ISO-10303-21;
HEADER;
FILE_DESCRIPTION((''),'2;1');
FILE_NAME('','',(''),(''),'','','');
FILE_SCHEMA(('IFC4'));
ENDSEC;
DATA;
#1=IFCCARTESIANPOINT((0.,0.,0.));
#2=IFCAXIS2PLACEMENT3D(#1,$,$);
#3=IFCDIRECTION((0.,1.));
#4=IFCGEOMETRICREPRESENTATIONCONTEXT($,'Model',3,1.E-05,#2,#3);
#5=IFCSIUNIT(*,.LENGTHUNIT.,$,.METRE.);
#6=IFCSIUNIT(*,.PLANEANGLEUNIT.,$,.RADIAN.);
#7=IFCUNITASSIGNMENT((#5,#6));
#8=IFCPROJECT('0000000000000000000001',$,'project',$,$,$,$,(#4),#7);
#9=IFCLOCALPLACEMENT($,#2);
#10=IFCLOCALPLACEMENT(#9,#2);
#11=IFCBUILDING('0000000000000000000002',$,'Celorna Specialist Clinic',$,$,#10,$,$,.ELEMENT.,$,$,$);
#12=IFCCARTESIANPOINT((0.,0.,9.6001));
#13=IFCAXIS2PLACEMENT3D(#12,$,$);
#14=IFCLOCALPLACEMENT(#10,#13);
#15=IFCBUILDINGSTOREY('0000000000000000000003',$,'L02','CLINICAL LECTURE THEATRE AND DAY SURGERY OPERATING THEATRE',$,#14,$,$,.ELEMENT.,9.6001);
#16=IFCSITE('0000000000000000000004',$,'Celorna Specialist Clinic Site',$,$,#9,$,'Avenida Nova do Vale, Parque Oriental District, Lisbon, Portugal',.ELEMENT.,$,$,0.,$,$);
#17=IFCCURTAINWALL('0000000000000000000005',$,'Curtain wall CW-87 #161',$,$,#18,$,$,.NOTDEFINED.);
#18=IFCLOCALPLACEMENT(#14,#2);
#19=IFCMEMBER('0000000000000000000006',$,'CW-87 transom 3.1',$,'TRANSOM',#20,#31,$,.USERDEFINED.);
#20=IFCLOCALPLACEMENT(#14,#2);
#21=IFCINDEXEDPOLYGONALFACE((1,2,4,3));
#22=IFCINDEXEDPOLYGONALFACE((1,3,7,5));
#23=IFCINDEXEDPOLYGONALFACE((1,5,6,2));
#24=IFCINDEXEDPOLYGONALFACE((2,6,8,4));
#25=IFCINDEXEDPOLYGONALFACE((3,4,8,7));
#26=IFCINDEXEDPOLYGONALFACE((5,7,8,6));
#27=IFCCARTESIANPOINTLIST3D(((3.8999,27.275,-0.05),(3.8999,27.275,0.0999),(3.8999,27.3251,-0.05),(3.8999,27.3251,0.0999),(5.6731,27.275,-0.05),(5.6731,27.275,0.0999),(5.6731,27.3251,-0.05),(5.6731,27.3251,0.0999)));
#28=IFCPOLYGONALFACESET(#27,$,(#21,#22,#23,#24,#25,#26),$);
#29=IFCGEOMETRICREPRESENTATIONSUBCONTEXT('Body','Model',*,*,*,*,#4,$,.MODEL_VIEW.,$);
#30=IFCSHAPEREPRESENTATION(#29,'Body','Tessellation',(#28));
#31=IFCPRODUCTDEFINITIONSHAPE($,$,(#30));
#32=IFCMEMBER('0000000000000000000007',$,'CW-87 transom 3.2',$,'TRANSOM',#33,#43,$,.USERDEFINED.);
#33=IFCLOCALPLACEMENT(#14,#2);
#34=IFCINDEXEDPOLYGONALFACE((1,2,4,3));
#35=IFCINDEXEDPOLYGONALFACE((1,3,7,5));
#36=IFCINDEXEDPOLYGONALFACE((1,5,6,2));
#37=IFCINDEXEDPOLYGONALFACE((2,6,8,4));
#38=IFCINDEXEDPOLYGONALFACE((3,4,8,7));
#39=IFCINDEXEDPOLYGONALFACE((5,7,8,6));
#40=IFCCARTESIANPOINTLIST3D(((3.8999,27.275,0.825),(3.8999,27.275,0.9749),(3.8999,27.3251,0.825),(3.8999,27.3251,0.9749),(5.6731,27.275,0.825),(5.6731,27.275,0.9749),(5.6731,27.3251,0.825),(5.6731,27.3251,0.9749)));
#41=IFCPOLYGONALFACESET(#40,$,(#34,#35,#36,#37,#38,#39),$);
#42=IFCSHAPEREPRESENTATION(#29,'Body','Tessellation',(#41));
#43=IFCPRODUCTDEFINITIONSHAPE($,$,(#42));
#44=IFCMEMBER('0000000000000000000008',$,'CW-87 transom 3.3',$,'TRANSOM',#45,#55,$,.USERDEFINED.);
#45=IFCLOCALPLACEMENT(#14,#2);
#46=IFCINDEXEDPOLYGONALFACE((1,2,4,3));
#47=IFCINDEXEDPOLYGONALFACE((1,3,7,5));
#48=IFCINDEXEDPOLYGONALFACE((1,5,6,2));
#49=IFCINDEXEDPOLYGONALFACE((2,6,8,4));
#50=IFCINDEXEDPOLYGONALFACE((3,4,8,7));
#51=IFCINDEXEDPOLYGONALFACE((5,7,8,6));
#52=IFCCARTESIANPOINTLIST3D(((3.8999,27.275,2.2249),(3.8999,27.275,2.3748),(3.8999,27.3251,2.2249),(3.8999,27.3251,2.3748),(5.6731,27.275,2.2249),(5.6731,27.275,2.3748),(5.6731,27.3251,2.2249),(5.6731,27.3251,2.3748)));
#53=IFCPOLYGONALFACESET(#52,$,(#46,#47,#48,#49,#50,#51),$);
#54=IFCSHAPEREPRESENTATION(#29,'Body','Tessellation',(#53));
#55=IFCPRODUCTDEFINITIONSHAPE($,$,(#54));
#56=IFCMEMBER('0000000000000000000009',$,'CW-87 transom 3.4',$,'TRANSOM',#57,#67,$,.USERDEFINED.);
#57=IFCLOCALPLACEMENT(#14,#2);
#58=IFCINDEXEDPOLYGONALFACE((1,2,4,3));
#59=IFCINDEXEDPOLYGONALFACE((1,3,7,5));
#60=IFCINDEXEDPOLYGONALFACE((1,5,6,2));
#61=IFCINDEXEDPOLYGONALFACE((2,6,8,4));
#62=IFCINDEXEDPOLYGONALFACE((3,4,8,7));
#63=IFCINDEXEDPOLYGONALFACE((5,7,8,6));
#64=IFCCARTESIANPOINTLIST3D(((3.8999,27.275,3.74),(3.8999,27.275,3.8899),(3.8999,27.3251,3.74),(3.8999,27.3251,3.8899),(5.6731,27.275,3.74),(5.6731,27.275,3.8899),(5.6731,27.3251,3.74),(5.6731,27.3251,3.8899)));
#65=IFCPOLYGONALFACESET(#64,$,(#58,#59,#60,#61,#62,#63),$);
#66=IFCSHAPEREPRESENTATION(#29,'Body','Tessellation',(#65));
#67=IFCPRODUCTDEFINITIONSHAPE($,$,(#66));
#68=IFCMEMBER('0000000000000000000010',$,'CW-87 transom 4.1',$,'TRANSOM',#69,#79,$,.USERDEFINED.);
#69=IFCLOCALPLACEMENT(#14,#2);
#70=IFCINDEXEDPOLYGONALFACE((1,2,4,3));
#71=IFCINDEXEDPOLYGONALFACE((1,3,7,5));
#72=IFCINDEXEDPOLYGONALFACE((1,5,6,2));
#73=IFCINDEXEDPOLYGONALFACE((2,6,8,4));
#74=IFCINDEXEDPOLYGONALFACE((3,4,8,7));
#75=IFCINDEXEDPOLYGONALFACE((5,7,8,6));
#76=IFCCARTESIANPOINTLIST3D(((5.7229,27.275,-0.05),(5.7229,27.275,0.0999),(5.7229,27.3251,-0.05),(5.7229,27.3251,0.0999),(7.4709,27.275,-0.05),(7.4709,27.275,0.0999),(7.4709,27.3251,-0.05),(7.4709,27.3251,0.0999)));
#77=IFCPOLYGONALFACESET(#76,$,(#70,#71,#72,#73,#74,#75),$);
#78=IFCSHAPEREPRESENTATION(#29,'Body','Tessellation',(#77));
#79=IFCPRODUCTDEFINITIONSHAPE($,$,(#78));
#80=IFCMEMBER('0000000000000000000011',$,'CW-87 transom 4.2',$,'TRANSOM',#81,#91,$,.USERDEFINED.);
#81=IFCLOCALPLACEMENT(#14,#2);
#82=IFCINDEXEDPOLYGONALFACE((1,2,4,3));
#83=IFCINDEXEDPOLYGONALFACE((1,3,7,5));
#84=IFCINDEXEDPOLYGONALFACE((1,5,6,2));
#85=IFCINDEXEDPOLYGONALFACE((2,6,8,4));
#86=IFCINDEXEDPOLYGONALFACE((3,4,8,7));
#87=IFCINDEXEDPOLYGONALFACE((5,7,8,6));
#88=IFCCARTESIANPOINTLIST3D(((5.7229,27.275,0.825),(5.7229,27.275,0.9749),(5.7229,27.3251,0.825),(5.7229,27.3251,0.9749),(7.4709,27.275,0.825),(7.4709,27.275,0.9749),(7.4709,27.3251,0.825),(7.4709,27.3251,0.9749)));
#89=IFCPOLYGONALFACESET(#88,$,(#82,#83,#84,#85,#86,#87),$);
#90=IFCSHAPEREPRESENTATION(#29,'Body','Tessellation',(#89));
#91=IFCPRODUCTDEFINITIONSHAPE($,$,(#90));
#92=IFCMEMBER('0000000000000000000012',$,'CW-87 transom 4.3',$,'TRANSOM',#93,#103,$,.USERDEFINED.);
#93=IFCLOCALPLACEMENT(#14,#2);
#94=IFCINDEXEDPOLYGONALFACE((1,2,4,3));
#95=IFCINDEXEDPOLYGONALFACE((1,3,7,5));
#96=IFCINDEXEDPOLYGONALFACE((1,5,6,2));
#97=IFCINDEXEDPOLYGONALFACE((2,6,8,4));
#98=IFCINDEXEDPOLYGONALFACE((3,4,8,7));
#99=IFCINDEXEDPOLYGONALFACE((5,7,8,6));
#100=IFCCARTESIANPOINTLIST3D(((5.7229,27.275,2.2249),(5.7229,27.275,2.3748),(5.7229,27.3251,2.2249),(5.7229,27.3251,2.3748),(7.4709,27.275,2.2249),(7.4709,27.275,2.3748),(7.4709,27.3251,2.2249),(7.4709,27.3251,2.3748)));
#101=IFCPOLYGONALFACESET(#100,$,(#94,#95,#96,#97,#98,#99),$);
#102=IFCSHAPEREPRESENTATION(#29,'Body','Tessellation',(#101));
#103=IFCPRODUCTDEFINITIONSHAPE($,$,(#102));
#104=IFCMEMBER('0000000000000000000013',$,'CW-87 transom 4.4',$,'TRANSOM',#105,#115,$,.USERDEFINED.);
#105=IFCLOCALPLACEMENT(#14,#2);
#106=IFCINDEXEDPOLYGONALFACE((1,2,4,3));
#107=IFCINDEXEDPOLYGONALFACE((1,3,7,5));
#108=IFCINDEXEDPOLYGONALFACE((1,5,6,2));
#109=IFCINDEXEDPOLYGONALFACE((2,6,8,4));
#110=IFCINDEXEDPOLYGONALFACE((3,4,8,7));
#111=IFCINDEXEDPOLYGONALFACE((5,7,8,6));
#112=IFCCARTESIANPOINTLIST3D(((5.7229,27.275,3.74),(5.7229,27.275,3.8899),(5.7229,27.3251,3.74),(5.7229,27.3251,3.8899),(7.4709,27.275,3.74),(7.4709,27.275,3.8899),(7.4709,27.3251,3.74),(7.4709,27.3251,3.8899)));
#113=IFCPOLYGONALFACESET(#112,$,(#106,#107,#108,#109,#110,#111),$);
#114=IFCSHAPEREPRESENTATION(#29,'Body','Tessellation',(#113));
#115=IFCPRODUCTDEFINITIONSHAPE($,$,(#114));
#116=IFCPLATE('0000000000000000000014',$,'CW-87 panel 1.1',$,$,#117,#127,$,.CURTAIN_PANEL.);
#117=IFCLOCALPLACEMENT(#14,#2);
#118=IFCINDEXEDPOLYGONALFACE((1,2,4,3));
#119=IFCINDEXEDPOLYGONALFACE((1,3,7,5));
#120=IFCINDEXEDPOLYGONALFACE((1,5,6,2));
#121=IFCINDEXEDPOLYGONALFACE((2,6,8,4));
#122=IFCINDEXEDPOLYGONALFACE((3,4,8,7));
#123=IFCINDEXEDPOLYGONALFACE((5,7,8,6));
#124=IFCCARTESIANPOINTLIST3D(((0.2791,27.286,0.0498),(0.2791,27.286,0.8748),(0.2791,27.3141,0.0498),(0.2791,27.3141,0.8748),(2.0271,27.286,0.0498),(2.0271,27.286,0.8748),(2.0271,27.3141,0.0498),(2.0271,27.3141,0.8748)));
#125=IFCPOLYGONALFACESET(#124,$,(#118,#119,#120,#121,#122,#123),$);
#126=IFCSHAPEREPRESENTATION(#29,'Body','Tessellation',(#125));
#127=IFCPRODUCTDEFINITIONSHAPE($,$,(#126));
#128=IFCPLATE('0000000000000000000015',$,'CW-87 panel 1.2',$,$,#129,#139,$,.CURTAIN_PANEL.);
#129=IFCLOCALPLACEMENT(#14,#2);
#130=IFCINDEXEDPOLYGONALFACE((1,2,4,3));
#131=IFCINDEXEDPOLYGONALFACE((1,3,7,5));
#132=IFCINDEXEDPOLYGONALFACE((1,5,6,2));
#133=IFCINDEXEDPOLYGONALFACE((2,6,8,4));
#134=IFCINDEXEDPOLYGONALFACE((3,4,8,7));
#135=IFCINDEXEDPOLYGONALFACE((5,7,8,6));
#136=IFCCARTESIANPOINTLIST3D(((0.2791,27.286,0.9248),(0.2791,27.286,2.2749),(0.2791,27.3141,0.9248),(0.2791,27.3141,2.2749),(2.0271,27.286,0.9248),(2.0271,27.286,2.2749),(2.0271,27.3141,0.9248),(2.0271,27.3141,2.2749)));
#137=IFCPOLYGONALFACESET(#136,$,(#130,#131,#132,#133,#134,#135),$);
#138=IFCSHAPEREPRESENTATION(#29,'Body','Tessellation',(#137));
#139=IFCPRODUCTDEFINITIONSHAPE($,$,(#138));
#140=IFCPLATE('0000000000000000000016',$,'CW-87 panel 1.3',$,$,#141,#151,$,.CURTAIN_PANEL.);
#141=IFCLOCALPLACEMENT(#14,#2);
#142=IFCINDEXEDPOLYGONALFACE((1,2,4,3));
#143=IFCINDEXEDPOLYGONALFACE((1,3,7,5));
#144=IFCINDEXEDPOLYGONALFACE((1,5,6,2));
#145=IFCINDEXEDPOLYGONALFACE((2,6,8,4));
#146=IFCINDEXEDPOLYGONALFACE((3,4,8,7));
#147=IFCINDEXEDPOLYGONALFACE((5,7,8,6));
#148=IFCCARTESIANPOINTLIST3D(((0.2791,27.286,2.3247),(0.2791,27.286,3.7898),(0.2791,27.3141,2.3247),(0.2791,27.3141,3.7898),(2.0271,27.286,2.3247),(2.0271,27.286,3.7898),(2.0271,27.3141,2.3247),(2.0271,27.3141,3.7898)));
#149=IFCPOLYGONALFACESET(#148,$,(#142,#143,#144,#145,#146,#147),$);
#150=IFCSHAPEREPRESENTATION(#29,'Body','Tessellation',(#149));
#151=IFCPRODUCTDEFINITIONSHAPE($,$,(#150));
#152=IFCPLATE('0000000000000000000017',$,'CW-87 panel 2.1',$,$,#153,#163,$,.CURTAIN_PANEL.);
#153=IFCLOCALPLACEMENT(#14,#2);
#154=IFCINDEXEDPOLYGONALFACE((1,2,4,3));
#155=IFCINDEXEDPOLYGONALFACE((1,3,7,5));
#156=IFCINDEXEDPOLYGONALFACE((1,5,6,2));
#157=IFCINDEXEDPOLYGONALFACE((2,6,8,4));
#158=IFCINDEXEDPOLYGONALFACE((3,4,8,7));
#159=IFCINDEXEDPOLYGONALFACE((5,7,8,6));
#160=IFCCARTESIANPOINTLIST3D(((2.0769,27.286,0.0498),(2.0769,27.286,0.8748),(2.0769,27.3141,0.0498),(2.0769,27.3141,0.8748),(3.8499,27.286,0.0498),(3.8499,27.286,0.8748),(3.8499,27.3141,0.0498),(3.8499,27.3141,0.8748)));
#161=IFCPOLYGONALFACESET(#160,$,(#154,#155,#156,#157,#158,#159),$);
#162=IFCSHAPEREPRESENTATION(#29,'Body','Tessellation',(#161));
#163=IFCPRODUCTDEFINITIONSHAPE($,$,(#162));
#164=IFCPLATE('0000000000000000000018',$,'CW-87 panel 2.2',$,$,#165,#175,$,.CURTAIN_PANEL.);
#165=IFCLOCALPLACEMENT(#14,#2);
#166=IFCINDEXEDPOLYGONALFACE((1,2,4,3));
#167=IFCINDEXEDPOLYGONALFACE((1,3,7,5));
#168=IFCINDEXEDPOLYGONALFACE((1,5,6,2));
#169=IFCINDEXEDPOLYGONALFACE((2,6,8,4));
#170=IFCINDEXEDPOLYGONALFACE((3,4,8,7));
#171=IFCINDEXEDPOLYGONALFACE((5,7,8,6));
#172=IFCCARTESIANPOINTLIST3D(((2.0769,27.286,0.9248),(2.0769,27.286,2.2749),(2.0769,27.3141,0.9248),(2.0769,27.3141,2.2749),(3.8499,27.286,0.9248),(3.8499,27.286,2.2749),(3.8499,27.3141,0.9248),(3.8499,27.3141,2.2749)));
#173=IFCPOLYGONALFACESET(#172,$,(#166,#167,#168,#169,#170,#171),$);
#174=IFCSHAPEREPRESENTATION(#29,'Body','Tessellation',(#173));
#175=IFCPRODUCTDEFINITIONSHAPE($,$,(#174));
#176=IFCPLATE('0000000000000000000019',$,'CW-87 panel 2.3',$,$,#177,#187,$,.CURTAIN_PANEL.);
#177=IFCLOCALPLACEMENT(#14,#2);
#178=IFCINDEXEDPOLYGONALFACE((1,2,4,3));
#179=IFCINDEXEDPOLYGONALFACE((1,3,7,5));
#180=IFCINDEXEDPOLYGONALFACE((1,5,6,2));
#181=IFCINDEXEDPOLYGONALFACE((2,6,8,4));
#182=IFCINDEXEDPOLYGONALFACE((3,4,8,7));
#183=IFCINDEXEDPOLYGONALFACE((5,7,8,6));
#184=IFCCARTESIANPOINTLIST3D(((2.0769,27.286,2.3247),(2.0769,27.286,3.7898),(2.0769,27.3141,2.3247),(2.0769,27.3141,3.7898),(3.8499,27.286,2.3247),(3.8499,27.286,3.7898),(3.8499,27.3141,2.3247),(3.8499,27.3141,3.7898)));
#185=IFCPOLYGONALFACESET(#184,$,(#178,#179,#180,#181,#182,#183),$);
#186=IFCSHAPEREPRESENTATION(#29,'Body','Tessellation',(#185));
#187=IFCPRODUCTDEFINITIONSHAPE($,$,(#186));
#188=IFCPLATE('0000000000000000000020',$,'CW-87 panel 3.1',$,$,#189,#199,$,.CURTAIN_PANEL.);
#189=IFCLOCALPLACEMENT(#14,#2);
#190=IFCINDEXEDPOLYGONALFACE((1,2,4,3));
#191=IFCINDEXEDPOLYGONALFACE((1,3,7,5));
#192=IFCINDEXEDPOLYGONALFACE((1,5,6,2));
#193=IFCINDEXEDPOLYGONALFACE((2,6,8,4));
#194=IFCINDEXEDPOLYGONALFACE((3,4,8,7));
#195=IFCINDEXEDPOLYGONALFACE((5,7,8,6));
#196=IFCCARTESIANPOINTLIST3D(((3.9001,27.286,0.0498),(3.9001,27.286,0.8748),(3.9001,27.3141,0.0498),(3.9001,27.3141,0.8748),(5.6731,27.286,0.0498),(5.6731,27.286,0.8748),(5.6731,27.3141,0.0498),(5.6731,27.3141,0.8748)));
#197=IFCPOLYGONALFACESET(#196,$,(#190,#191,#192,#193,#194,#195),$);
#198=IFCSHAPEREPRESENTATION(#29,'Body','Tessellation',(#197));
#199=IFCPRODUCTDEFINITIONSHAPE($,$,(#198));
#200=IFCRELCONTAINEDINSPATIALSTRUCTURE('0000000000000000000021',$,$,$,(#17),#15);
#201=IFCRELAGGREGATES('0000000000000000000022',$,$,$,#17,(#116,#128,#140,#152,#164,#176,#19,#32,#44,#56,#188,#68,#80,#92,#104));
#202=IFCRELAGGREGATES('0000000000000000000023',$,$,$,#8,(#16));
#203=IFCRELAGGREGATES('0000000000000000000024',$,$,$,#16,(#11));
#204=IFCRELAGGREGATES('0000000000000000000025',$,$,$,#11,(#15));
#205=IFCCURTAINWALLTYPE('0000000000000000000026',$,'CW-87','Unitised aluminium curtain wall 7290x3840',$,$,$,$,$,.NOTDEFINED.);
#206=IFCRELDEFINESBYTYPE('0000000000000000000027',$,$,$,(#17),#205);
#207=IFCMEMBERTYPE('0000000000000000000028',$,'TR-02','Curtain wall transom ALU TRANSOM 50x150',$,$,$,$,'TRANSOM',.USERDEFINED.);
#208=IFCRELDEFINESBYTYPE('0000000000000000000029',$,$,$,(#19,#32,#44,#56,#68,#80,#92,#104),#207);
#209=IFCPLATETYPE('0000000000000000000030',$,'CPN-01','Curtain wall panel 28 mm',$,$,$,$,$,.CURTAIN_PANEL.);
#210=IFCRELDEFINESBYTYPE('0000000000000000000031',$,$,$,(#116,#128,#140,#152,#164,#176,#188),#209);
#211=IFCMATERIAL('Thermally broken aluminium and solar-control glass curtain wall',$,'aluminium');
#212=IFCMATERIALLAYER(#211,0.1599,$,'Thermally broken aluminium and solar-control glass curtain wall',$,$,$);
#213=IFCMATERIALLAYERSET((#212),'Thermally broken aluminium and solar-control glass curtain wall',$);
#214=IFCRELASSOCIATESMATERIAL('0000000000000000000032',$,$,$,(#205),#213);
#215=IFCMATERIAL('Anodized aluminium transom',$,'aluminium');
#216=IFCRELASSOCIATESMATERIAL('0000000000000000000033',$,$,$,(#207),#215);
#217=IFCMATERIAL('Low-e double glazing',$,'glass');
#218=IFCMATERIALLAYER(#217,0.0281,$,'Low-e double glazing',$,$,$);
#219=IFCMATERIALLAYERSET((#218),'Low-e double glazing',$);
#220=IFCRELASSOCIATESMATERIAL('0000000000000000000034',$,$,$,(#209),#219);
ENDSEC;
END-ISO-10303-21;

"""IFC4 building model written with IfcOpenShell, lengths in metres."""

from ifc_helpers import new_model, si_unit, direction, frame, origin, origin_2d, place, context, subcontext, project, spatial, rectangle, extrude, material, layer, layer_set, material_profile, profile_set, type_object, element, aggregate, save


model = new_model("IFC4")

# Units and contexts
model_context = context("Model", 3, precision=1e-05, world=origin(), true_north=direction((0.0, 1.0)))
body_context = subcontext(model_context, "Body", "Model", "MODEL_VIEW")
ifc_project = project(units=[si_unit("LENGTHUNIT", "METRE"), si_unit("PLANEANGLEUNIT", "RADIAN")], contexts=[model_context])

# Site, building, storey
site_placement = place(None, origin())
site = spatial("IfcSite", under=ifc_project, at=site_placement, Name="Celorna Specialist Clinic Site", LongName="Avenida Nova do Vale, Parque Oriental District, Lisbon, Portugal", CompositionType="ELEMENT", RefElevation=0.0)
building_placement = place(site_placement, origin())
building = spatial("IfcBuilding", under=site, at=building_placement, Name="Celorna Specialist Clinic", CompositionType="ELEMENT")
storey_placement = place(building_placement, frame((0.0, 0.0, 9.6001)))
storey = spatial("IfcBuildingStorey", under=building, at=storey_placement, Name="L02", Description="CLINICAL LECTURE THEATRE AND DAY SURGERY OPERATING THEATRE", CompositionType="ELEMENT", Elevation=9.6001)

# Curtain wall, members, plates
ifc_material_1 = material(Name="Thermally broken aluminium and solar-control glass curtain wall", Category="aluminium")
ifc_layer_1 = layer(ifc_material_1, 0.1599, Name="Thermally broken aluminium and solar-control glass curtain wall")
ifc_layer_set_1 = layer_set([ifc_layer_1], Name="Thermally broken aluminium and solar-control glass curtain wall")
curtain_wall_type = type_object("IfcCurtainWallType", Name="CW-87", Description="Unitised aluminium curtain wall 7290x3840", PredefinedType="NOTDEFINED", material=ifc_layer_set_1)
curtain_wall_placement = place(storey_placement, origin())
curtain_wall = element("IfcCurtainWall", 1, at=curtain_wall_placement, inside=storey, type_object=curtain_wall_type, Name="Curtain wall CW-87 #161", PredefinedType="NOTDEFINED")
ifc_material_2 = material(Name="Anodized aluminium transom", Category="aluminium")
ifc_material_profile_1 = material_profile(ifc_material_2, rectangle(XDim=0.05, YDim=0.1499, at=origin_2d()), Name="ALU TRANSOM 50x150")
ifc_profile_set_1 = profile_set([ifc_material_profile_1], Name="Anodized aluminium transom")
member_type_1 = type_object("IfcMemberType", Name="TR-02", Description="Curtain wall transom ALU TRANSOM 50x150", ElementType="TRANSOM", PredefinedType="USERDEFINED", material=ifc_profile_set_1)
member_1_placement = place(storey_placement, frame((3.8999, 27.3, 0.0249), z_axis=(1.0, 0.0, 0.0), x_axis=(0.0, 1.0, 0.0)))
member_1 = element("IfcMember", 2, at=member_1_placement, type_object=member_type_1, Name="CW-87 transom 3.1", ObjectType="TRANSOM", PredefinedType="USERDEFINED", context=body_context, shape_type="SweptSolid", body=[
    extrude(rectangle(XDim=0.05, YDim=0.1499, at=origin_2d()), origin(), (0.0, 0.0, 1.0), 1.7732),
])
member_2_placement = place(storey_placement, frame((3.8999, 27.3, 0.8999), z_axis=(1.0, 0.0, 0.0), x_axis=(0.0, 1.0, 0.0)))
member_2 = element("IfcMember", 3, at=member_2_placement, type_object=member_type_1, Name="CW-87 transom 3.2", ObjectType="TRANSOM", PredefinedType="USERDEFINED", context=body_context, shape_type="SweptSolid", body=[
    extrude(rectangle(XDim=0.05, YDim=0.1499, at=origin_2d()), origin(), (0.0, 0.0, 1.0), 1.7732),
])
member_3_placement = place(storey_placement, frame((3.8999, 27.3, 2.2998), z_axis=(1.0, 0.0, 0.0), x_axis=(0.0, 1.0, 0.0)))
member_3 = element("IfcMember", 4, at=member_3_placement, type_object=member_type_1, Name="CW-87 transom 3.3", ObjectType="TRANSOM", PredefinedType="USERDEFINED", context=body_context, shape_type="SweptSolid", body=[
    extrude(rectangle(XDim=0.05, YDim=0.1499, at=origin_2d()), origin(), (0.0, 0.0, 1.0), 1.7732),
])
member_4_placement = place(storey_placement, frame((3.8999, 27.3, 3.8149), z_axis=(1.0, 0.0, 0.0), x_axis=(0.0, 1.0, 0.0)))
member_4 = element("IfcMember", 5, at=member_4_placement, type_object=member_type_1, Name="CW-87 transom 3.4", ObjectType="TRANSOM", PredefinedType="USERDEFINED", context=body_context, shape_type="SweptSolid", body=[
    extrude(rectangle(XDim=0.05, YDim=0.1499, at=origin_2d()), origin(), (0.0, 0.0, 1.0), 1.7732),
])
member_5_placement = place(storey_placement, frame((5.7229, 27.3, 0.0249), z_axis=(1.0, 0.0, 0.0), x_axis=(0.0, 1.0, 0.0)))
member_5 = element("IfcMember", 6, at=member_5_placement, type_object=member_type_1, Name="CW-87 transom 4.1", ObjectType="TRANSOM", PredefinedType="USERDEFINED", context=body_context, shape_type="SweptSolid", body=[
    extrude(rectangle(XDim=0.05, YDim=0.1499, at=origin_2d()), origin(), (0.0, 0.0, 1.0), 1.748),
])
member_6_placement = place(storey_placement, frame((5.7229, 27.3, 0.8999), z_axis=(1.0, 0.0, 0.0), x_axis=(0.0, 1.0, 0.0)))
member_6 = element("IfcMember", 7, at=member_6_placement, type_object=member_type_1, Name="CW-87 transom 4.2", ObjectType="TRANSOM", PredefinedType="USERDEFINED", context=body_context, shape_type="SweptSolid", body=[
    extrude(rectangle(XDim=0.05, YDim=0.1499, at=origin_2d()), origin(), (0.0, 0.0, 1.0), 1.748),
])
member_7_placement = place(storey_placement, frame((5.7229, 27.3, 2.2998), z_axis=(1.0, 0.0, 0.0), x_axis=(0.0, 1.0, 0.0)))
member_7 = element("IfcMember", 8, at=member_7_placement, type_object=member_type_1, Name="CW-87 transom 4.3", ObjectType="TRANSOM", PredefinedType="USERDEFINED", context=body_context, shape_type="SweptSolid", body=[
    extrude(rectangle(XDim=0.05, YDim=0.1499, at=origin_2d()), origin(), (0.0, 0.0, 1.0), 1.748),
])
member_8_placement = place(storey_placement, frame((5.7229, 27.3, 3.8149), z_axis=(1.0, 0.0, 0.0), x_axis=(0.0, 1.0, 0.0)))
member_8 = element("IfcMember", 9, at=member_8_placement, type_object=member_type_1, Name="CW-87 transom 4.4", ObjectType="TRANSOM", PredefinedType="USERDEFINED", context=body_context, shape_type="SweptSolid", body=[
    extrude(rectangle(XDim=0.05, YDim=0.1499, at=origin_2d()), origin(), (0.0, 0.0, 1.0), 1.748),
])
ifc_material_3 = material(Name="Low-e double glazing", Category="glass")
ifc_layer_2 = layer(ifc_material_3, 0.0281, Name="Low-e double glazing")
ifc_layer_set_2 = layer_set([ifc_layer_2], Name="Low-e double glazing")
plate_type = type_object("IfcPlateType", Name="CPN-01", Description="Curtain wall panel 28 mm", PredefinedType="CURTAIN_PANEL", material=ifc_layer_set_2)
plate_1_placement = place(storey_placement, frame((1.1531, 27.3, 0.0498), z_axis=(0.0, 0.0, 1.0), x_axis=(1.0, 0.0, 0.0)))
plate_1 = element("IfcPlate", 10, at=plate_1_placement, type_object=plate_type, Name="CW-87 panel 1.1", PredefinedType="CURTAIN_PANEL", context=body_context, shape_type="SweptSolid", body=[
    extrude(rectangle(XDim=1.748, YDim=0.0281, at=origin_2d()), origin(), (0.0, 0.0, 1.0), 0.825),
])
plate_2_placement = place(storey_placement, frame((1.1531, 27.3, 0.9248), z_axis=(0.0, 0.0, 1.0), x_axis=(1.0, 0.0, 0.0)))
plate_2 = element("IfcPlate", 11, at=plate_2_placement, type_object=plate_type, Name="CW-87 panel 1.2", PredefinedType="CURTAIN_PANEL", context=body_context, shape_type="SweptSolid", body=[
    extrude(rectangle(XDim=1.748, YDim=0.0281, at=origin_2d()), origin(), (0.0, 0.0, 1.0), 1.3501),
])
plate_3_placement = place(storey_placement, frame((1.1531, 27.3, 2.3247), z_axis=(0.0, 0.0, 1.0), x_axis=(1.0, 0.0, 0.0)))
plate_3 = element("IfcPlate", 12, at=plate_3_placement, type_object=plate_type, Name="CW-87 panel 1.3", PredefinedType="CURTAIN_PANEL", context=body_context, shape_type="SweptSolid", body=[
    extrude(rectangle(XDim=1.748, YDim=0.0281, at=origin_2d()), origin(), (0.0, 0.0, 1.0), 1.4651),
])
plate_4_placement = place(storey_placement, frame((2.9634, 27.3, 0.0498), z_axis=(0.0, 0.0, 1.0), x_axis=(1.0, 0.0, 0.0)))
plate_4 = element("IfcPlate", 13, at=plate_4_placement, type_object=plate_type, Name="CW-87 panel 2.1", PredefinedType="CURTAIN_PANEL", context=body_context, shape_type="SweptSolid", body=[
    extrude(rectangle(XDim=1.7729, YDim=0.0281, at=origin_2d()), origin(), (0.0, 0.0, 1.0), 0.825),
])
plate_5_placement = place(storey_placement, frame((2.9634, 27.3, 0.9248), z_axis=(0.0, 0.0, 1.0), x_axis=(1.0, 0.0, 0.0)))
plate_5 = element("IfcPlate", 14, at=plate_5_placement, type_object=plate_type, Name="CW-87 panel 2.2", PredefinedType="CURTAIN_PANEL", context=body_context, shape_type="SweptSolid", body=[
    extrude(rectangle(XDim=1.7729, YDim=0.0281, at=origin_2d()), origin(), (0.0, 0.0, 1.0), 1.3501),
])
plate_6_placement = place(storey_placement, frame((2.9634, 27.3, 2.3247), z_axis=(0.0, 0.0, 1.0), x_axis=(1.0, 0.0, 0.0)))
plate_6 = element("IfcPlate", 15, at=plate_6_placement, type_object=plate_type, Name="CW-87 panel 2.3", PredefinedType="CURTAIN_PANEL", context=body_context, shape_type="SweptSolid", body=[
    extrude(rectangle(XDim=1.7729, YDim=0.0281, at=origin_2d()), origin(), (0.0, 0.0, 1.0), 1.4651),
])
plate_7_placement = place(storey_placement, frame((4.7866, 27.3, 0.0498), z_axis=(0.0, 0.0, 1.0), x_axis=(1.0, 0.0, 0.0)))
plate_7 = element("IfcPlate", 16, at=plate_7_placement, type_object=plate_type, Name="CW-87 panel 3.1", PredefinedType="CURTAIN_PANEL", context=body_context, shape_type="SweptSolid", body=[
    extrude(rectangle(XDim=1.7729, YDim=0.0281, at=origin_2d()), origin(), (0.0, 0.0, 1.0), 0.825),
])
aggregate(curtain_wall, [plate_1, plate_2, plate_3, plate_4, plate_5, plate_6, member_1, member_2, member_3, member_4, plate_7, member_5, member_6, member_7, member_8])

save(model, "model.ifc")
